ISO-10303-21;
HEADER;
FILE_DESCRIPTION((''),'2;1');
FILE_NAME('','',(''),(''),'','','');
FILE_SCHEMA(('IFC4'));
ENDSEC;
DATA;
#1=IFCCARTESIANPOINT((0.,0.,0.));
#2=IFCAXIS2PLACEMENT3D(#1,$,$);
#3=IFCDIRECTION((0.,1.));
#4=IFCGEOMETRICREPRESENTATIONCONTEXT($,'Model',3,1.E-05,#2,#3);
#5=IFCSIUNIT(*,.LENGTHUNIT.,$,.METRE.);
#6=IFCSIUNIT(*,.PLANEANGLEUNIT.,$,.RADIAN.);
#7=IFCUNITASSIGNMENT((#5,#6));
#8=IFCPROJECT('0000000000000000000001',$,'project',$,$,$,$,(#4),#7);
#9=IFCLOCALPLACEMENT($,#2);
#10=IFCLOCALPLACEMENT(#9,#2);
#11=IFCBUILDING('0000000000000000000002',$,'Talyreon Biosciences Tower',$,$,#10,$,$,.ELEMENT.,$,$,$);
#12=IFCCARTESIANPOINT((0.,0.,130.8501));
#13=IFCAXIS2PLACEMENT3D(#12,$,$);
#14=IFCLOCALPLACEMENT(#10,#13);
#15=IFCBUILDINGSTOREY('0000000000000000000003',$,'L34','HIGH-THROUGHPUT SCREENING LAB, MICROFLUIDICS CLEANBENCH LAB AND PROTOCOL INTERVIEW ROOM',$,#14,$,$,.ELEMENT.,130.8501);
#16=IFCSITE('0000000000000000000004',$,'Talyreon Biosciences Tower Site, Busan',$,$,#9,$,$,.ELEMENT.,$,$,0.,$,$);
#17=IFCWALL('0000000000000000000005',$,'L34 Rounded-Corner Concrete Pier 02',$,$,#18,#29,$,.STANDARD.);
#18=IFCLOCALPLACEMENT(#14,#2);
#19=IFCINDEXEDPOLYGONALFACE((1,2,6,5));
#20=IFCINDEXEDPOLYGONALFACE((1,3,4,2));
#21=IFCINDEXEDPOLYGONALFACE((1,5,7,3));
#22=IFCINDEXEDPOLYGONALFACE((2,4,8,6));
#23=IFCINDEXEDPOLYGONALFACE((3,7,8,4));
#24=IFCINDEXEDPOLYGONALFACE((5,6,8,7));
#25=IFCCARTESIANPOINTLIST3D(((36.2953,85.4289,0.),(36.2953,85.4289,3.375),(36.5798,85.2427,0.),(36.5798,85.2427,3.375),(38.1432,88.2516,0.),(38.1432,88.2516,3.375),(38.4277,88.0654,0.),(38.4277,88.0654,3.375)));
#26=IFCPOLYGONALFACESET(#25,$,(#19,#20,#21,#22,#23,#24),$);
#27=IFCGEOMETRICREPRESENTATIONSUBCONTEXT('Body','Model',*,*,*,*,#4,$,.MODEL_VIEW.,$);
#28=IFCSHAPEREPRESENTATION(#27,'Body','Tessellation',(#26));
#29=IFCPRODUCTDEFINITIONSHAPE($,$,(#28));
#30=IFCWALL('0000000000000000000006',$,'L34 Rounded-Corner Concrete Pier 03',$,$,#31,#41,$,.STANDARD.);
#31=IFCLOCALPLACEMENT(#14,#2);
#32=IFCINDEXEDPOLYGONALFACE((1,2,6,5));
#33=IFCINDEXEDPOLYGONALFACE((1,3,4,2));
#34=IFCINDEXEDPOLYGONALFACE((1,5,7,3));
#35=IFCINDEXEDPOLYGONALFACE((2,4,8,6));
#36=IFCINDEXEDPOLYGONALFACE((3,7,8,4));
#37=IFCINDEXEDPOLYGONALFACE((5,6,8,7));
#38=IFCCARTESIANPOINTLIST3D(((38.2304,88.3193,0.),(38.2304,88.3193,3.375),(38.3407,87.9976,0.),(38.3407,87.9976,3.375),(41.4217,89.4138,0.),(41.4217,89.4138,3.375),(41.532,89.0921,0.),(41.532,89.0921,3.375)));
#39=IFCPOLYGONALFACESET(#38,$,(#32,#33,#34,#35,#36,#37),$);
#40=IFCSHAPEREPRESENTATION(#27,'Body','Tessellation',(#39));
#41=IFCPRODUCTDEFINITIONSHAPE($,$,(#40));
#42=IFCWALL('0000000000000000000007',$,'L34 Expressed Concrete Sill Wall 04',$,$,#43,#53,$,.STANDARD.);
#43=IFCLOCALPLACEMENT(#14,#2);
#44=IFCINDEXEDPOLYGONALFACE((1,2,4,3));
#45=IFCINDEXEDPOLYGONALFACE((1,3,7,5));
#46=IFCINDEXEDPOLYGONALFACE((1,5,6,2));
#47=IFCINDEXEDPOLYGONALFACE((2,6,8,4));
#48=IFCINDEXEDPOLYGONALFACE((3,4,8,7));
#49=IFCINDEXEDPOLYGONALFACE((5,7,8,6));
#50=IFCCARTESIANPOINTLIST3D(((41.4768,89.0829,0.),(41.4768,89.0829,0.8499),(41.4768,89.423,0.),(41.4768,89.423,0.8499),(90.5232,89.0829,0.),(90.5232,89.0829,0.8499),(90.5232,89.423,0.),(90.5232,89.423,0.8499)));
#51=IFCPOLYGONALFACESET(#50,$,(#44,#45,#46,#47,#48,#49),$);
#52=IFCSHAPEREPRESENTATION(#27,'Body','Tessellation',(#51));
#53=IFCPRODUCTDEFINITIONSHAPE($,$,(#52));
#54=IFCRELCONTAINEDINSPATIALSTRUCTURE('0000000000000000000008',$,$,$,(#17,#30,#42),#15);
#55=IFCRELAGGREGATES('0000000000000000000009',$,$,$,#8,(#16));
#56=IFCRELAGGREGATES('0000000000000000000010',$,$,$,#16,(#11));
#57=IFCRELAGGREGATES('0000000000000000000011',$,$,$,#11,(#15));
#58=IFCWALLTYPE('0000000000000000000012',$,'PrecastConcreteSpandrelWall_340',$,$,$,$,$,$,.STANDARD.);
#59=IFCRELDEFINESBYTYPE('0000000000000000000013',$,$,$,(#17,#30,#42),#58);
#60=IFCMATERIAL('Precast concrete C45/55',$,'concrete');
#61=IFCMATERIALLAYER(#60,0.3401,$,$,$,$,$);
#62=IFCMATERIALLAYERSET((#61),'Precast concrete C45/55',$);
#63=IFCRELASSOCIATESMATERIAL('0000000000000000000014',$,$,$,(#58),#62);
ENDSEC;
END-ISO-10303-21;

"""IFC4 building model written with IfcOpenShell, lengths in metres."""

from ifc_helpers import new_model, si_unit, direction, frame, frame_2d, origin, place, context, subcontext, project, spatial, rectangle, extrude, material, layer, layer_set, type_object, element, save


model = new_model("IFC4")

# Units and contexts
model_context = context("Model", 3, precision=1e-05, world=origin(), true_north=direction((0.0, 1.0)))
body_context = subcontext(model_context, "Body", "Model", "MODEL_VIEW")
ifc_project = project(units=[si_unit("LENGTHUNIT", "METRE"), si_unit("PLANEANGLEUNIT", "RADIAN")], contexts=[model_context])

# Site, building, storey
site_placement = place(None, origin())
site = spatial("IfcSite", under=ifc_project, at=site_placement, Name="Talyreon Biosciences Tower Site, Busan", CompositionType="ELEMENT", RefElevation=0.0)
building_placement = place(site_placement, origin())
building = spatial("IfcBuilding", under=site, at=building_placement, Name="Talyreon Biosciences Tower", CompositionType="ELEMENT")
storey_placement = place(building_placement, frame((0.0, 0.0, 130.8501)))
storey = spatial("IfcBuildingStorey", under=building, at=storey_placement, Name="L34", Description="HIGH-THROUGHPUT SCREENING LAB, MICROFLUIDICS CLEANBENCH LAB AND PROTOCOL INTERVIEW ROOM", CompositionType="ELEMENT", Elevation=130.8501)

# Shared definitions
ifc_material_1 = material(Name="Precast concrete C45/55", Category="concrete")

# Walls
ifc_layer_1 = layer(ifc_material_1, 0.3401)
ifc_layer_set_1 = layer_set([ifc_layer_1], Name="Precast concrete C45/55")
wall_type_1 = type_object("IfcWallType", Name="PrecastConcreteSpandrelWall_340", PredefinedType="STANDARD", material=ifc_layer_set_1)
for number, where, z_axis, x_axis, name in (
    (1, (36.4375, 85.3357, 0.0), (0.0, 0.0, 1.0), (0.547717, 0.836664, 0.0), "L34 Rounded-Corner Concrete Pier 02"),
    (2, (38.2854, 88.1584, 0.0), (0.0, 0.0, 1.0), (0.94592, 0.3244, 0.0), "L34 Rounded-Corner Concrete Pier 03"),
):
    element("IfcWall", number, at=place(storey_placement, frame(where, z_axis=z_axis, x_axis=x_axis)), inside=storey, type_object=wall_type_1, Name=name, PredefinedType="STANDARD", context=body_context, shape_type="SweptSolid", body=[
        extrude(rectangle(XDim=3.3738, YDim=0.3401, at=frame_2d((1.687, 0.0))), origin(), (0.0, 0.0, 1.0), 3.375),
    ])
wall_1_placement = place(storey_placement, frame((41.4768, 89.2529, 0.0), z_axis=(0.0, 0.0, 1.0), x_axis=(1.0, 0.0, 0.0)))
element("IfcWall", 3, at=wall_1_placement, inside=storey, type_object=wall_type_1, Name="L34 Expressed Concrete Sill Wall 04", PredefinedType="STANDARD", context=body_context, shape_type="SweptSolid", body=[
    extrude(rectangle(XDim=49.0464, YDim=0.3401, at=frame_2d((24.5232, 0.0))), origin(), (0.0, 0.0, 1.0), 0.8499),
])

save(model, "model.ifc")
